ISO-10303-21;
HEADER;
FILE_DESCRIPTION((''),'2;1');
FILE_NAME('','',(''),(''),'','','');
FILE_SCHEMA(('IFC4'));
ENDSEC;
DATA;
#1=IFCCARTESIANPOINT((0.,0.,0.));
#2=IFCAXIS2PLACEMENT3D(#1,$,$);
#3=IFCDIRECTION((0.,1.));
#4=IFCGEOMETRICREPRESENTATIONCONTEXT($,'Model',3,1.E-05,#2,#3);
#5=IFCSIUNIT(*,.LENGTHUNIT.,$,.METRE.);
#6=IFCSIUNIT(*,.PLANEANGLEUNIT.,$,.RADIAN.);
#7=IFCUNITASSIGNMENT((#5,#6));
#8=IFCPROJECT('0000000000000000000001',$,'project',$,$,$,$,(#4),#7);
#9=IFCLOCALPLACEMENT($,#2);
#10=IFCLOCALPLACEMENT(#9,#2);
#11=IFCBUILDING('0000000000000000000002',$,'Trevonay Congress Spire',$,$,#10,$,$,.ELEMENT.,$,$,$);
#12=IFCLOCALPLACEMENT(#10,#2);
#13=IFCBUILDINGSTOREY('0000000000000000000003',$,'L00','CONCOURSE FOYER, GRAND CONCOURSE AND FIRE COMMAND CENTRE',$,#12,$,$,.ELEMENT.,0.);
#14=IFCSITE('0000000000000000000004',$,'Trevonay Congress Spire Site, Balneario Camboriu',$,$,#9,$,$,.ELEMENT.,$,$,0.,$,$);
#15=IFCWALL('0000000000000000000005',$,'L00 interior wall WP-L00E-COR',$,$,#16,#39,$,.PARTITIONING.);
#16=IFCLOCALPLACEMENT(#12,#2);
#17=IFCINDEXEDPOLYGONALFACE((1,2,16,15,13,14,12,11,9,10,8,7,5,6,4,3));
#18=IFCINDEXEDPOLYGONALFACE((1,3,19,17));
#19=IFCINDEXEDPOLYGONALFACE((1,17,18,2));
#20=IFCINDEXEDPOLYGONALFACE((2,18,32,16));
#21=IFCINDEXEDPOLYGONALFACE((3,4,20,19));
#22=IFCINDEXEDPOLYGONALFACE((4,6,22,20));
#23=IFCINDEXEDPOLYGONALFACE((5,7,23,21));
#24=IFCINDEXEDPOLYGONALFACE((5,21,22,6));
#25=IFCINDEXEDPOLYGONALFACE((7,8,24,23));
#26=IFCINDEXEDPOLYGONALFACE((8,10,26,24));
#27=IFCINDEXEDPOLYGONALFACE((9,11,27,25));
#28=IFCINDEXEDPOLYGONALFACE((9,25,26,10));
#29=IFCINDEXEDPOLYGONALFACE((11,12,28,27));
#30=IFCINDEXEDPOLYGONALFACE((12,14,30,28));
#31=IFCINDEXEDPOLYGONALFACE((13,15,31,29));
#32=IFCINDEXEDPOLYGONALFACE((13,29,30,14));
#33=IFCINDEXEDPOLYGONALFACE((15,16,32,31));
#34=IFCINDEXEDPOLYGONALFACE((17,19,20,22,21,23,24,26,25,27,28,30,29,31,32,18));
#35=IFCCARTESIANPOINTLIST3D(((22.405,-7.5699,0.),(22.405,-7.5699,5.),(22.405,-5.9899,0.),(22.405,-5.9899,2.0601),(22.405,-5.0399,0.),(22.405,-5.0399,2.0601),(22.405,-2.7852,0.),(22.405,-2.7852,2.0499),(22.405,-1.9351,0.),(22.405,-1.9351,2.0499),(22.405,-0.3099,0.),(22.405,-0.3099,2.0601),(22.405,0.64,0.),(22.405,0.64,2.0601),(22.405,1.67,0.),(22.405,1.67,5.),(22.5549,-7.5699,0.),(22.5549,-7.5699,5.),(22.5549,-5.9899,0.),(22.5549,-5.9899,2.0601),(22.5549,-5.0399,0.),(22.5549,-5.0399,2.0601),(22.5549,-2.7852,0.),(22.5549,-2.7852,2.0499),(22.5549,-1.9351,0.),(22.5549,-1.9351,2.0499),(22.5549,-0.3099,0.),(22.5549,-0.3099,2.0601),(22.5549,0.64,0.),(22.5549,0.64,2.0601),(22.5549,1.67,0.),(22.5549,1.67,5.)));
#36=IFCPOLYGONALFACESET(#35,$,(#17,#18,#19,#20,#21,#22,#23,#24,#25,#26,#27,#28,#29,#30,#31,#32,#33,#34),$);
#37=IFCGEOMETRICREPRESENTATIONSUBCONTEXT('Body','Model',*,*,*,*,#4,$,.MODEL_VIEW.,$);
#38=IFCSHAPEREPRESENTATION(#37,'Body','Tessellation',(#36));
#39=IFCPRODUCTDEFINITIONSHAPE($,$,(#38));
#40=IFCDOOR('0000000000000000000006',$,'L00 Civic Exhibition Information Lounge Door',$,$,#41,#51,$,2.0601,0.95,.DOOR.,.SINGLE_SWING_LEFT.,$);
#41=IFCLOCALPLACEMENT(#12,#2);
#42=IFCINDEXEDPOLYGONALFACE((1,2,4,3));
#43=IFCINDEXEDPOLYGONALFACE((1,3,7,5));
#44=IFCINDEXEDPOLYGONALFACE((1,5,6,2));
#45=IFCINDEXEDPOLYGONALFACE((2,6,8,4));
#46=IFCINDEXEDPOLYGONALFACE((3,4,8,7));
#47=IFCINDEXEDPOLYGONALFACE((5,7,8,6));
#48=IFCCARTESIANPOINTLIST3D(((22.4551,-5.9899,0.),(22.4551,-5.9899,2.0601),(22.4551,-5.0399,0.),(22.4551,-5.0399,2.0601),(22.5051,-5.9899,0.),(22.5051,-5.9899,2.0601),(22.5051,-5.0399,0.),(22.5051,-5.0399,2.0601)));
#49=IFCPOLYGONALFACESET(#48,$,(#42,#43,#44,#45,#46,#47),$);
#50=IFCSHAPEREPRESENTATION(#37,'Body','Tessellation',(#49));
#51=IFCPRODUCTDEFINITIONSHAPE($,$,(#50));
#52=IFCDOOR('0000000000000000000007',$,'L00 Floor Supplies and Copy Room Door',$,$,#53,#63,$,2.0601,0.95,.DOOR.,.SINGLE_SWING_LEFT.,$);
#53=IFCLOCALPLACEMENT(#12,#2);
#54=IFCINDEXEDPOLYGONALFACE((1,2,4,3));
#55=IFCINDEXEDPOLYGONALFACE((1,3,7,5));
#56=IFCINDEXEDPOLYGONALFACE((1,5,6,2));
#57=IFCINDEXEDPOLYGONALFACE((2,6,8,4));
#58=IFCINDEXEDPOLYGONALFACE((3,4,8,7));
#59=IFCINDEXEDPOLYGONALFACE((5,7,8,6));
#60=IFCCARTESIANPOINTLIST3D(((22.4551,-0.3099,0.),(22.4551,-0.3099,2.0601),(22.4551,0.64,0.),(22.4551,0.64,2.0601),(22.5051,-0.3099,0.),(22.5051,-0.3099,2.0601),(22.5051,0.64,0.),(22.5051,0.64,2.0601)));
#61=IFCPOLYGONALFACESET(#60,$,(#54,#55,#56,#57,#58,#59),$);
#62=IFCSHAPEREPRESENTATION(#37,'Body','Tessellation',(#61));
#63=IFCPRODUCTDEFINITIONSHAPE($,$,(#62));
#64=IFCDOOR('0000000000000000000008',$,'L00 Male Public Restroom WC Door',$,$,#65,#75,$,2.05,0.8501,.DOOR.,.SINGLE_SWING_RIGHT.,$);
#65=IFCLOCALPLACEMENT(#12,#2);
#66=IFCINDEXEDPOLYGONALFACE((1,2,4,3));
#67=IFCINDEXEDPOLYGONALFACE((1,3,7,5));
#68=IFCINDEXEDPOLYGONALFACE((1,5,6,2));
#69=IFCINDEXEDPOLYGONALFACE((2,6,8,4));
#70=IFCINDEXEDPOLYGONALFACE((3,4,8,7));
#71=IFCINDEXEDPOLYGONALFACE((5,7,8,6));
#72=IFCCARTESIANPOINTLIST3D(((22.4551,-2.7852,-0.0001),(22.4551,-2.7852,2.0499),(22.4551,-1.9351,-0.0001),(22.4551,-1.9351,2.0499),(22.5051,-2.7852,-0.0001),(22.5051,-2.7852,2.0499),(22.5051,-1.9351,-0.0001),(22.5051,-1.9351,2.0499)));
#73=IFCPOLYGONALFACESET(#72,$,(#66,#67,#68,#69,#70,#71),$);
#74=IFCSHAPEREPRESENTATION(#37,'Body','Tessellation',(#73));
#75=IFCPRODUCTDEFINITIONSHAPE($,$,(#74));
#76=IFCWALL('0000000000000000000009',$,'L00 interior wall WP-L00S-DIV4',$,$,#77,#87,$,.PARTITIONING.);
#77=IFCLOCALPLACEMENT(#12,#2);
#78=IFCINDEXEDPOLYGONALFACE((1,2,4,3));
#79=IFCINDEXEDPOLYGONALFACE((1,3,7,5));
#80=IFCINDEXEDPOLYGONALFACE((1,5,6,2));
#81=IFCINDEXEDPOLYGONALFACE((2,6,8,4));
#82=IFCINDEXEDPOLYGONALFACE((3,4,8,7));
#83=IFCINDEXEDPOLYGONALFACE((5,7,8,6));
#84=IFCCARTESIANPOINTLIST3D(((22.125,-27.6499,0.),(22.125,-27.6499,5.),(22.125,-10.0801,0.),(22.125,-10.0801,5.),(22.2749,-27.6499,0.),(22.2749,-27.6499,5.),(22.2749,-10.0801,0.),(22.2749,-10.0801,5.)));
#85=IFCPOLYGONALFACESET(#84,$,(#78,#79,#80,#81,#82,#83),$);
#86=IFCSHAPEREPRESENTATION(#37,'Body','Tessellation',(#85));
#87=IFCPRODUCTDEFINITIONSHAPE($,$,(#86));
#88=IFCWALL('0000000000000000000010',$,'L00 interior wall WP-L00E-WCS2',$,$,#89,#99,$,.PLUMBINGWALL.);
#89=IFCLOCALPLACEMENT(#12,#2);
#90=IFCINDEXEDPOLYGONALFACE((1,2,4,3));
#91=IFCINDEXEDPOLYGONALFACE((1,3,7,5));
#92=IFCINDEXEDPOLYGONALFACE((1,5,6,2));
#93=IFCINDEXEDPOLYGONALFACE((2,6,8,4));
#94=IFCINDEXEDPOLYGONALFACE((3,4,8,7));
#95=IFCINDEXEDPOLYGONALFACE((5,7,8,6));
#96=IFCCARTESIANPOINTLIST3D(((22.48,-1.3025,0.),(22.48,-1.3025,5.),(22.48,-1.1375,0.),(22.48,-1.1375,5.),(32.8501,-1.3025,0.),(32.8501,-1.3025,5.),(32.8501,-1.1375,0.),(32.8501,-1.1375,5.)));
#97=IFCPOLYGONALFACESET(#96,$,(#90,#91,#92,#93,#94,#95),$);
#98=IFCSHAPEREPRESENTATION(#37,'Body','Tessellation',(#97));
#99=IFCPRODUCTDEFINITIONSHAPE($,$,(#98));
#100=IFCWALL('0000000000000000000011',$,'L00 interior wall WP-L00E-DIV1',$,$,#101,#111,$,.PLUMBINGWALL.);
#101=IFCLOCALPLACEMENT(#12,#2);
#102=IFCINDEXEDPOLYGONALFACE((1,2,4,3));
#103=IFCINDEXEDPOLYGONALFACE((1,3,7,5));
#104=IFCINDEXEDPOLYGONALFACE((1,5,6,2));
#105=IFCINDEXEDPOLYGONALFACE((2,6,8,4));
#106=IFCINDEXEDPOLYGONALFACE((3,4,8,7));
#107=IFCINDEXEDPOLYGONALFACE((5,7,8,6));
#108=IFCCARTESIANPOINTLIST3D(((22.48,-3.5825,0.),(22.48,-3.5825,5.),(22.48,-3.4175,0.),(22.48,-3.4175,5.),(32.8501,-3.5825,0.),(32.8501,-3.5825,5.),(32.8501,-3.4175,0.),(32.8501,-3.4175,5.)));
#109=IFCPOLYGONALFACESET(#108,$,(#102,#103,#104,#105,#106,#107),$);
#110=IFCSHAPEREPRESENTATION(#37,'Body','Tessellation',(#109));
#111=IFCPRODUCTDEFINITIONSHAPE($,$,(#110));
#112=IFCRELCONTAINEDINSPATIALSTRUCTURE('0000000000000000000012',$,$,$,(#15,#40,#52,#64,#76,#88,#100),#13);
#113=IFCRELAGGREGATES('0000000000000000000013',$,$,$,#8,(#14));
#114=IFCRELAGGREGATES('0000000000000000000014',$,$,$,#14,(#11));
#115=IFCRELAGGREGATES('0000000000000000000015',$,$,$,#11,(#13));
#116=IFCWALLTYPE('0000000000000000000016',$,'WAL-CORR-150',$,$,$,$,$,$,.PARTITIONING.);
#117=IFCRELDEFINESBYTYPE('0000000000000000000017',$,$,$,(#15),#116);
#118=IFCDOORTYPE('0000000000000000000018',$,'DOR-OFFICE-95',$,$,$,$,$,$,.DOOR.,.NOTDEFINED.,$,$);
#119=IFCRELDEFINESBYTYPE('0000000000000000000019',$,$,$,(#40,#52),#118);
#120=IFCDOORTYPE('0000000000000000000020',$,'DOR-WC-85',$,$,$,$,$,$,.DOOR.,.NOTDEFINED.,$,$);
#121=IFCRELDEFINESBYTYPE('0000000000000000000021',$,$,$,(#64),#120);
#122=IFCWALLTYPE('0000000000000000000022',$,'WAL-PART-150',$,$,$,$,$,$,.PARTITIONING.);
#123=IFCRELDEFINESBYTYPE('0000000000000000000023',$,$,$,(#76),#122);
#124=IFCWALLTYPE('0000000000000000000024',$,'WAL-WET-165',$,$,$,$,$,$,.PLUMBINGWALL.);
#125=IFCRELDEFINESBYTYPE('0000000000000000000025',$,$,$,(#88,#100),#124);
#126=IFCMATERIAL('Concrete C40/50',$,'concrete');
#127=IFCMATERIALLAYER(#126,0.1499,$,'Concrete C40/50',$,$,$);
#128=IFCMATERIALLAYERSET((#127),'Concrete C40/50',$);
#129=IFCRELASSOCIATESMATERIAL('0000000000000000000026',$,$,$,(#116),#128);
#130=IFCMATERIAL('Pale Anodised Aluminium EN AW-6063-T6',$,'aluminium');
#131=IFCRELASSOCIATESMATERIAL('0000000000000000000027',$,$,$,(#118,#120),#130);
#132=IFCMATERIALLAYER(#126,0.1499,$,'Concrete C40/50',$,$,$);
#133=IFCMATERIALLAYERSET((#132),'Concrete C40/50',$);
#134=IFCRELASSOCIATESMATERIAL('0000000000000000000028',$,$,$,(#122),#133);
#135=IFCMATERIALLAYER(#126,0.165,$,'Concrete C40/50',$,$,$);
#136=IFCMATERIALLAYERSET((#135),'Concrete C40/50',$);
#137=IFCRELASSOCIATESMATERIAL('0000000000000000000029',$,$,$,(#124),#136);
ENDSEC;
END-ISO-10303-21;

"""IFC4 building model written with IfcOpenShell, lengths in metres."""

from ifc_helpers import new_model, si_unit, direction, frame, frame_2d, origin, place, context, subcontext, project, spatial, rectangle, extrude, material, layer, layer_set, type_object, element, fill, save


model = new_model("IFC4")

# Units and contexts
model_context = context("Model", 3, precision=1e-05, world=origin(), true_north=direction((0.0, 1.0)))
body_context = subcontext(model_context, "Body", "Model", "MODEL_VIEW")
ifc_project = project(units=[si_unit("LENGTHUNIT", "METRE"), si_unit("PLANEANGLEUNIT", "RADIAN")], contexts=[model_context])

# Site, building, storey
site_placement = place(None, origin())
site = spatial("IfcSite", under=ifc_project, at=site_placement, Name="Trevonay Congress Spire Site, Balneario Camboriu", CompositionType="ELEMENT", RefElevation=0.0)
building_placement = place(site_placement, origin())
building = spatial("IfcBuilding", under=site, at=building_placement, Name="Trevonay Congress Spire", CompositionType="ELEMENT")
storey_placement = place(building_placement, origin())
storey = spatial("IfcBuildingStorey", under=building, at=storey_placement, Name="L00", Description="CONCOURSE FOYER, GRAND CONCOURSE AND FIRE COMMAND CENTRE", CompositionType="ELEMENT", Elevation=0.0)

# Wall, openings, doors
ifc_material_1 = material(Name="Concrete C40/50", Category="concrete")
ifc_layer_1 = layer(ifc_material_1, 0.1499, Name="Concrete C40/50")
ifc_layer_set_1 = layer_set([ifc_layer_1], Name="Concrete C40/50")
wall_type_1 = type_object("IfcWallType", Name="WAL-CORR-150", PredefinedType="PARTITIONING", material=ifc_layer_set_1)
wall_1_placement = place(storey_placement, frame((22.48, -7.5701, 0.0), z_axis=(0.0, 0.0, 1.0), x_axis=(0.0, 1.0, 0.0)))
wall_1 = element("IfcWall", 1, at=wall_1_placement, inside=storey, type_object=wall_type_1, Name="L00 interior wall WP-L00E-COR", PredefinedType="PARTITIONING", context=body_context, shape_type="SweptSolid", body=[
    extrude(rectangle(XDim=9.24, YDim=0.1499, at=frame_2d((4.6201, 0.0))), origin(), (0.0, 0.0, 1.0), 5.0),
])
opening_1_placement = place(wall_1_placement, frame((1.5801, 0.0, 0.0)))
opening_1 = element("IfcOpeningElement", 2, at=opening_1_placement, cuts=wall_1, PredefinedType="OPENING", context=body_context, shape_type="SweptSolid", body=[
    extrude(rectangle(XDim=0.95, YDim=2.0601, at=frame_2d((0.4751, 1.03))), frame((0.0, 0.085, 0.0), z_axis=(0.0, -1.0, 0.0), x_axis=(1.0, 0.0, 0.0)), (0.0, 0.0, 1.0), 0.1699),
])
opening_2_placement = place(wall_1_placement, frame((4.7849, 0.0, 0.0)))
opening_2 = element("IfcOpeningElement", 3, at=opening_2_placement, cuts=wall_1, PredefinedType="OPENING", context=body_context, shape_type="SweptSolid", body=[
    extrude(rectangle(XDim=0.8501, YDim=2.05, at=frame_2d((0.425, 1.0249))), frame((0.0, 0.085, 0.0), z_axis=(0.0, -1.0, 0.0), x_axis=(1.0, 0.0, 0.0)), (0.0, 0.0, 1.0), 0.1699),
])
opening_3_placement = place(wall_1_placement, frame((7.26, 0.0, 0.0)))
opening_3 = element("IfcOpeningElement", 4, at=opening_3_placement, cuts=wall_1, PredefinedType="OPENING", context=body_context, shape_type="SweptSolid", body=[
    extrude(rectangle(XDim=0.95, YDim=2.0601, at=frame_2d((0.4751, 1.03))), frame((0.0, 0.085, 0.0), z_axis=(0.0, -1.0, 0.0), x_axis=(1.0, 0.0, 0.0)), (0.0, 0.0, 1.0), 0.1699),
])
ifc_material_2 = material(Name="Pale Anodised Aluminium EN AW-6063-T6", Category="aluminium")
door_type_1 = type_object("IfcDoorType", Name="DOR-OFFICE-95", OperationType="NOTDEFINED", PredefinedType="DOOR", material=ifc_material_2)
door_1_placement = place(opening_1_placement, origin())
door_1 = element("IfcDoor", 5, at=door_1_placement, inside=storey, type_object=door_type_1, Name="L00 Civic Exhibition Information Lounge Door", OperationType="SINGLE_SWING_LEFT", OverallHeight=2.0601, OverallWidth=0.95, PredefinedType="DOOR", context=body_context, shape_type="SweptSolid", body=[
    extrude(rectangle(XDim=0.95, YDim=2.0601, at=frame_2d((0.4751, 1.03))), frame((0.0, 0.0249, 0.0), z_axis=(0.0, -1.0, 0.0), x_axis=(1.0, 0.0, 0.0)), (0.0, 0.0, 1.0), 0.05),
])
fill(opening_1, door_1)
door_2_placement = place(opening_3_placement, origin())
door_2 = element("IfcDoor", 6, at=door_2_placement, inside=storey, type_object=door_type_1, Name="L00 Floor Supplies and Copy Room Door", OperationType="SINGLE_SWING_LEFT", OverallHeight=2.0601, OverallWidth=0.95, PredefinedType="DOOR", context=body_context, shape_type="SweptSolid", body=[
    extrude(rectangle(XDim=0.95, YDim=2.0601, at=frame_2d((0.4751, 1.03))), frame((0.0, 0.0249, 0.0), z_axis=(0.0, -1.0, 0.0), x_axis=(1.0, 0.0, 0.0)), (0.0, 0.0, 1.0), 0.05),
])
fill(opening_3, door_2)
door_type_2 = type_object("IfcDoorType", Name="DOR-WC-85", OperationType="NOTDEFINED", PredefinedType="DOOR", material=ifc_material_2)
door_3_placement = place(opening_2_placement, origin())
door_3 = element("IfcDoor", 7, at=door_3_placement, inside=storey, type_object=door_type_2, Name="L00 Male Public Restroom WC Door", OperationType="SINGLE_SWING_RIGHT", OverallHeight=2.05, OverallWidth=0.8501, PredefinedType="DOOR", context=body_context, shape_type="SweptSolid", body=[
    extrude(rectangle(XDim=0.8501, YDim=2.05, at=frame_2d((0.425, 1.0249))), frame((0.0, 0.0249, 0.0), z_axis=(0.0, -1.0, 0.0), x_axis=(1.0, 0.0, 0.0)), (0.0, 0.0, 1.0), 0.05),
])
fill(opening_2, door_3)

# Walls
ifc_layer_2 = layer(ifc_material_1, 0.1499, Name="Concrete C40/50")
ifc_layer_set_2 = layer_set([ifc_layer_2], Name="Concrete C40/50")
wall_type_2 = type_object("IfcWallType", Name="WAL-PART-150", PredefinedType="PARTITIONING", material=ifc_layer_set_2)
wall_2_placement = place(storey_placement, frame((22.2, -27.6499, 0.0), z_axis=(0.0, 0.0, 1.0), x_axis=(0.0, 1.0, 0.0)))
element("IfcWall", 8, at=wall_2_placement, inside=storey, type_object=wall_type_2, Name="L00 interior wall WP-L00S-DIV4", PredefinedType="PARTITIONING", context=body_context, shape_type="SweptSolid", body=[
    extrude(rectangle(XDim=17.5698, YDim=0.1499, at=frame_2d((8.7849, 0.0))), origin(), (0.0, 0.0, 1.0), 5.0),
])
ifc_layer_3 = layer(ifc_material_1, 0.165, Name="Concrete C40/50")
ifc_layer_set_3 = layer_set([ifc_layer_3], Name="Concrete C40/50")
wall_type_3 = type_object("IfcWallType", Name="WAL-WET-165", PredefinedType="PLUMBINGWALL", material=ifc_layer_set_3)
for number, where, z_axis, x_axis, name in (
    (9, (22.48, -1.22, 0.0), (0.0, 0.0, 1.0), (1.0, 0.0, 0.0), "L00 interior wall WP-L00E-WCS2"),
    (10, (22.48, -3.5, 0.0), (0.0, 0.0, 1.0), (1.0, 0.0, 0.0), "L00 interior wall WP-L00E-DIV1"),
):
    element("IfcWall", number, at=place(storey_placement, frame(where, z_axis=z_axis, x_axis=x_axis)), inside=storey, type_object=wall_type_3, Name=name, PredefinedType="PLUMBINGWALL", context=body_context, shape_type="SweptSolid", body=[
        extrude(rectangle(XDim=10.3701, YDim=0.165, at=frame_2d((5.1851, 0.0))), origin(), (0.0, 0.0, 1.0), 5.0),
    ])

save(model, "model.ifc")
